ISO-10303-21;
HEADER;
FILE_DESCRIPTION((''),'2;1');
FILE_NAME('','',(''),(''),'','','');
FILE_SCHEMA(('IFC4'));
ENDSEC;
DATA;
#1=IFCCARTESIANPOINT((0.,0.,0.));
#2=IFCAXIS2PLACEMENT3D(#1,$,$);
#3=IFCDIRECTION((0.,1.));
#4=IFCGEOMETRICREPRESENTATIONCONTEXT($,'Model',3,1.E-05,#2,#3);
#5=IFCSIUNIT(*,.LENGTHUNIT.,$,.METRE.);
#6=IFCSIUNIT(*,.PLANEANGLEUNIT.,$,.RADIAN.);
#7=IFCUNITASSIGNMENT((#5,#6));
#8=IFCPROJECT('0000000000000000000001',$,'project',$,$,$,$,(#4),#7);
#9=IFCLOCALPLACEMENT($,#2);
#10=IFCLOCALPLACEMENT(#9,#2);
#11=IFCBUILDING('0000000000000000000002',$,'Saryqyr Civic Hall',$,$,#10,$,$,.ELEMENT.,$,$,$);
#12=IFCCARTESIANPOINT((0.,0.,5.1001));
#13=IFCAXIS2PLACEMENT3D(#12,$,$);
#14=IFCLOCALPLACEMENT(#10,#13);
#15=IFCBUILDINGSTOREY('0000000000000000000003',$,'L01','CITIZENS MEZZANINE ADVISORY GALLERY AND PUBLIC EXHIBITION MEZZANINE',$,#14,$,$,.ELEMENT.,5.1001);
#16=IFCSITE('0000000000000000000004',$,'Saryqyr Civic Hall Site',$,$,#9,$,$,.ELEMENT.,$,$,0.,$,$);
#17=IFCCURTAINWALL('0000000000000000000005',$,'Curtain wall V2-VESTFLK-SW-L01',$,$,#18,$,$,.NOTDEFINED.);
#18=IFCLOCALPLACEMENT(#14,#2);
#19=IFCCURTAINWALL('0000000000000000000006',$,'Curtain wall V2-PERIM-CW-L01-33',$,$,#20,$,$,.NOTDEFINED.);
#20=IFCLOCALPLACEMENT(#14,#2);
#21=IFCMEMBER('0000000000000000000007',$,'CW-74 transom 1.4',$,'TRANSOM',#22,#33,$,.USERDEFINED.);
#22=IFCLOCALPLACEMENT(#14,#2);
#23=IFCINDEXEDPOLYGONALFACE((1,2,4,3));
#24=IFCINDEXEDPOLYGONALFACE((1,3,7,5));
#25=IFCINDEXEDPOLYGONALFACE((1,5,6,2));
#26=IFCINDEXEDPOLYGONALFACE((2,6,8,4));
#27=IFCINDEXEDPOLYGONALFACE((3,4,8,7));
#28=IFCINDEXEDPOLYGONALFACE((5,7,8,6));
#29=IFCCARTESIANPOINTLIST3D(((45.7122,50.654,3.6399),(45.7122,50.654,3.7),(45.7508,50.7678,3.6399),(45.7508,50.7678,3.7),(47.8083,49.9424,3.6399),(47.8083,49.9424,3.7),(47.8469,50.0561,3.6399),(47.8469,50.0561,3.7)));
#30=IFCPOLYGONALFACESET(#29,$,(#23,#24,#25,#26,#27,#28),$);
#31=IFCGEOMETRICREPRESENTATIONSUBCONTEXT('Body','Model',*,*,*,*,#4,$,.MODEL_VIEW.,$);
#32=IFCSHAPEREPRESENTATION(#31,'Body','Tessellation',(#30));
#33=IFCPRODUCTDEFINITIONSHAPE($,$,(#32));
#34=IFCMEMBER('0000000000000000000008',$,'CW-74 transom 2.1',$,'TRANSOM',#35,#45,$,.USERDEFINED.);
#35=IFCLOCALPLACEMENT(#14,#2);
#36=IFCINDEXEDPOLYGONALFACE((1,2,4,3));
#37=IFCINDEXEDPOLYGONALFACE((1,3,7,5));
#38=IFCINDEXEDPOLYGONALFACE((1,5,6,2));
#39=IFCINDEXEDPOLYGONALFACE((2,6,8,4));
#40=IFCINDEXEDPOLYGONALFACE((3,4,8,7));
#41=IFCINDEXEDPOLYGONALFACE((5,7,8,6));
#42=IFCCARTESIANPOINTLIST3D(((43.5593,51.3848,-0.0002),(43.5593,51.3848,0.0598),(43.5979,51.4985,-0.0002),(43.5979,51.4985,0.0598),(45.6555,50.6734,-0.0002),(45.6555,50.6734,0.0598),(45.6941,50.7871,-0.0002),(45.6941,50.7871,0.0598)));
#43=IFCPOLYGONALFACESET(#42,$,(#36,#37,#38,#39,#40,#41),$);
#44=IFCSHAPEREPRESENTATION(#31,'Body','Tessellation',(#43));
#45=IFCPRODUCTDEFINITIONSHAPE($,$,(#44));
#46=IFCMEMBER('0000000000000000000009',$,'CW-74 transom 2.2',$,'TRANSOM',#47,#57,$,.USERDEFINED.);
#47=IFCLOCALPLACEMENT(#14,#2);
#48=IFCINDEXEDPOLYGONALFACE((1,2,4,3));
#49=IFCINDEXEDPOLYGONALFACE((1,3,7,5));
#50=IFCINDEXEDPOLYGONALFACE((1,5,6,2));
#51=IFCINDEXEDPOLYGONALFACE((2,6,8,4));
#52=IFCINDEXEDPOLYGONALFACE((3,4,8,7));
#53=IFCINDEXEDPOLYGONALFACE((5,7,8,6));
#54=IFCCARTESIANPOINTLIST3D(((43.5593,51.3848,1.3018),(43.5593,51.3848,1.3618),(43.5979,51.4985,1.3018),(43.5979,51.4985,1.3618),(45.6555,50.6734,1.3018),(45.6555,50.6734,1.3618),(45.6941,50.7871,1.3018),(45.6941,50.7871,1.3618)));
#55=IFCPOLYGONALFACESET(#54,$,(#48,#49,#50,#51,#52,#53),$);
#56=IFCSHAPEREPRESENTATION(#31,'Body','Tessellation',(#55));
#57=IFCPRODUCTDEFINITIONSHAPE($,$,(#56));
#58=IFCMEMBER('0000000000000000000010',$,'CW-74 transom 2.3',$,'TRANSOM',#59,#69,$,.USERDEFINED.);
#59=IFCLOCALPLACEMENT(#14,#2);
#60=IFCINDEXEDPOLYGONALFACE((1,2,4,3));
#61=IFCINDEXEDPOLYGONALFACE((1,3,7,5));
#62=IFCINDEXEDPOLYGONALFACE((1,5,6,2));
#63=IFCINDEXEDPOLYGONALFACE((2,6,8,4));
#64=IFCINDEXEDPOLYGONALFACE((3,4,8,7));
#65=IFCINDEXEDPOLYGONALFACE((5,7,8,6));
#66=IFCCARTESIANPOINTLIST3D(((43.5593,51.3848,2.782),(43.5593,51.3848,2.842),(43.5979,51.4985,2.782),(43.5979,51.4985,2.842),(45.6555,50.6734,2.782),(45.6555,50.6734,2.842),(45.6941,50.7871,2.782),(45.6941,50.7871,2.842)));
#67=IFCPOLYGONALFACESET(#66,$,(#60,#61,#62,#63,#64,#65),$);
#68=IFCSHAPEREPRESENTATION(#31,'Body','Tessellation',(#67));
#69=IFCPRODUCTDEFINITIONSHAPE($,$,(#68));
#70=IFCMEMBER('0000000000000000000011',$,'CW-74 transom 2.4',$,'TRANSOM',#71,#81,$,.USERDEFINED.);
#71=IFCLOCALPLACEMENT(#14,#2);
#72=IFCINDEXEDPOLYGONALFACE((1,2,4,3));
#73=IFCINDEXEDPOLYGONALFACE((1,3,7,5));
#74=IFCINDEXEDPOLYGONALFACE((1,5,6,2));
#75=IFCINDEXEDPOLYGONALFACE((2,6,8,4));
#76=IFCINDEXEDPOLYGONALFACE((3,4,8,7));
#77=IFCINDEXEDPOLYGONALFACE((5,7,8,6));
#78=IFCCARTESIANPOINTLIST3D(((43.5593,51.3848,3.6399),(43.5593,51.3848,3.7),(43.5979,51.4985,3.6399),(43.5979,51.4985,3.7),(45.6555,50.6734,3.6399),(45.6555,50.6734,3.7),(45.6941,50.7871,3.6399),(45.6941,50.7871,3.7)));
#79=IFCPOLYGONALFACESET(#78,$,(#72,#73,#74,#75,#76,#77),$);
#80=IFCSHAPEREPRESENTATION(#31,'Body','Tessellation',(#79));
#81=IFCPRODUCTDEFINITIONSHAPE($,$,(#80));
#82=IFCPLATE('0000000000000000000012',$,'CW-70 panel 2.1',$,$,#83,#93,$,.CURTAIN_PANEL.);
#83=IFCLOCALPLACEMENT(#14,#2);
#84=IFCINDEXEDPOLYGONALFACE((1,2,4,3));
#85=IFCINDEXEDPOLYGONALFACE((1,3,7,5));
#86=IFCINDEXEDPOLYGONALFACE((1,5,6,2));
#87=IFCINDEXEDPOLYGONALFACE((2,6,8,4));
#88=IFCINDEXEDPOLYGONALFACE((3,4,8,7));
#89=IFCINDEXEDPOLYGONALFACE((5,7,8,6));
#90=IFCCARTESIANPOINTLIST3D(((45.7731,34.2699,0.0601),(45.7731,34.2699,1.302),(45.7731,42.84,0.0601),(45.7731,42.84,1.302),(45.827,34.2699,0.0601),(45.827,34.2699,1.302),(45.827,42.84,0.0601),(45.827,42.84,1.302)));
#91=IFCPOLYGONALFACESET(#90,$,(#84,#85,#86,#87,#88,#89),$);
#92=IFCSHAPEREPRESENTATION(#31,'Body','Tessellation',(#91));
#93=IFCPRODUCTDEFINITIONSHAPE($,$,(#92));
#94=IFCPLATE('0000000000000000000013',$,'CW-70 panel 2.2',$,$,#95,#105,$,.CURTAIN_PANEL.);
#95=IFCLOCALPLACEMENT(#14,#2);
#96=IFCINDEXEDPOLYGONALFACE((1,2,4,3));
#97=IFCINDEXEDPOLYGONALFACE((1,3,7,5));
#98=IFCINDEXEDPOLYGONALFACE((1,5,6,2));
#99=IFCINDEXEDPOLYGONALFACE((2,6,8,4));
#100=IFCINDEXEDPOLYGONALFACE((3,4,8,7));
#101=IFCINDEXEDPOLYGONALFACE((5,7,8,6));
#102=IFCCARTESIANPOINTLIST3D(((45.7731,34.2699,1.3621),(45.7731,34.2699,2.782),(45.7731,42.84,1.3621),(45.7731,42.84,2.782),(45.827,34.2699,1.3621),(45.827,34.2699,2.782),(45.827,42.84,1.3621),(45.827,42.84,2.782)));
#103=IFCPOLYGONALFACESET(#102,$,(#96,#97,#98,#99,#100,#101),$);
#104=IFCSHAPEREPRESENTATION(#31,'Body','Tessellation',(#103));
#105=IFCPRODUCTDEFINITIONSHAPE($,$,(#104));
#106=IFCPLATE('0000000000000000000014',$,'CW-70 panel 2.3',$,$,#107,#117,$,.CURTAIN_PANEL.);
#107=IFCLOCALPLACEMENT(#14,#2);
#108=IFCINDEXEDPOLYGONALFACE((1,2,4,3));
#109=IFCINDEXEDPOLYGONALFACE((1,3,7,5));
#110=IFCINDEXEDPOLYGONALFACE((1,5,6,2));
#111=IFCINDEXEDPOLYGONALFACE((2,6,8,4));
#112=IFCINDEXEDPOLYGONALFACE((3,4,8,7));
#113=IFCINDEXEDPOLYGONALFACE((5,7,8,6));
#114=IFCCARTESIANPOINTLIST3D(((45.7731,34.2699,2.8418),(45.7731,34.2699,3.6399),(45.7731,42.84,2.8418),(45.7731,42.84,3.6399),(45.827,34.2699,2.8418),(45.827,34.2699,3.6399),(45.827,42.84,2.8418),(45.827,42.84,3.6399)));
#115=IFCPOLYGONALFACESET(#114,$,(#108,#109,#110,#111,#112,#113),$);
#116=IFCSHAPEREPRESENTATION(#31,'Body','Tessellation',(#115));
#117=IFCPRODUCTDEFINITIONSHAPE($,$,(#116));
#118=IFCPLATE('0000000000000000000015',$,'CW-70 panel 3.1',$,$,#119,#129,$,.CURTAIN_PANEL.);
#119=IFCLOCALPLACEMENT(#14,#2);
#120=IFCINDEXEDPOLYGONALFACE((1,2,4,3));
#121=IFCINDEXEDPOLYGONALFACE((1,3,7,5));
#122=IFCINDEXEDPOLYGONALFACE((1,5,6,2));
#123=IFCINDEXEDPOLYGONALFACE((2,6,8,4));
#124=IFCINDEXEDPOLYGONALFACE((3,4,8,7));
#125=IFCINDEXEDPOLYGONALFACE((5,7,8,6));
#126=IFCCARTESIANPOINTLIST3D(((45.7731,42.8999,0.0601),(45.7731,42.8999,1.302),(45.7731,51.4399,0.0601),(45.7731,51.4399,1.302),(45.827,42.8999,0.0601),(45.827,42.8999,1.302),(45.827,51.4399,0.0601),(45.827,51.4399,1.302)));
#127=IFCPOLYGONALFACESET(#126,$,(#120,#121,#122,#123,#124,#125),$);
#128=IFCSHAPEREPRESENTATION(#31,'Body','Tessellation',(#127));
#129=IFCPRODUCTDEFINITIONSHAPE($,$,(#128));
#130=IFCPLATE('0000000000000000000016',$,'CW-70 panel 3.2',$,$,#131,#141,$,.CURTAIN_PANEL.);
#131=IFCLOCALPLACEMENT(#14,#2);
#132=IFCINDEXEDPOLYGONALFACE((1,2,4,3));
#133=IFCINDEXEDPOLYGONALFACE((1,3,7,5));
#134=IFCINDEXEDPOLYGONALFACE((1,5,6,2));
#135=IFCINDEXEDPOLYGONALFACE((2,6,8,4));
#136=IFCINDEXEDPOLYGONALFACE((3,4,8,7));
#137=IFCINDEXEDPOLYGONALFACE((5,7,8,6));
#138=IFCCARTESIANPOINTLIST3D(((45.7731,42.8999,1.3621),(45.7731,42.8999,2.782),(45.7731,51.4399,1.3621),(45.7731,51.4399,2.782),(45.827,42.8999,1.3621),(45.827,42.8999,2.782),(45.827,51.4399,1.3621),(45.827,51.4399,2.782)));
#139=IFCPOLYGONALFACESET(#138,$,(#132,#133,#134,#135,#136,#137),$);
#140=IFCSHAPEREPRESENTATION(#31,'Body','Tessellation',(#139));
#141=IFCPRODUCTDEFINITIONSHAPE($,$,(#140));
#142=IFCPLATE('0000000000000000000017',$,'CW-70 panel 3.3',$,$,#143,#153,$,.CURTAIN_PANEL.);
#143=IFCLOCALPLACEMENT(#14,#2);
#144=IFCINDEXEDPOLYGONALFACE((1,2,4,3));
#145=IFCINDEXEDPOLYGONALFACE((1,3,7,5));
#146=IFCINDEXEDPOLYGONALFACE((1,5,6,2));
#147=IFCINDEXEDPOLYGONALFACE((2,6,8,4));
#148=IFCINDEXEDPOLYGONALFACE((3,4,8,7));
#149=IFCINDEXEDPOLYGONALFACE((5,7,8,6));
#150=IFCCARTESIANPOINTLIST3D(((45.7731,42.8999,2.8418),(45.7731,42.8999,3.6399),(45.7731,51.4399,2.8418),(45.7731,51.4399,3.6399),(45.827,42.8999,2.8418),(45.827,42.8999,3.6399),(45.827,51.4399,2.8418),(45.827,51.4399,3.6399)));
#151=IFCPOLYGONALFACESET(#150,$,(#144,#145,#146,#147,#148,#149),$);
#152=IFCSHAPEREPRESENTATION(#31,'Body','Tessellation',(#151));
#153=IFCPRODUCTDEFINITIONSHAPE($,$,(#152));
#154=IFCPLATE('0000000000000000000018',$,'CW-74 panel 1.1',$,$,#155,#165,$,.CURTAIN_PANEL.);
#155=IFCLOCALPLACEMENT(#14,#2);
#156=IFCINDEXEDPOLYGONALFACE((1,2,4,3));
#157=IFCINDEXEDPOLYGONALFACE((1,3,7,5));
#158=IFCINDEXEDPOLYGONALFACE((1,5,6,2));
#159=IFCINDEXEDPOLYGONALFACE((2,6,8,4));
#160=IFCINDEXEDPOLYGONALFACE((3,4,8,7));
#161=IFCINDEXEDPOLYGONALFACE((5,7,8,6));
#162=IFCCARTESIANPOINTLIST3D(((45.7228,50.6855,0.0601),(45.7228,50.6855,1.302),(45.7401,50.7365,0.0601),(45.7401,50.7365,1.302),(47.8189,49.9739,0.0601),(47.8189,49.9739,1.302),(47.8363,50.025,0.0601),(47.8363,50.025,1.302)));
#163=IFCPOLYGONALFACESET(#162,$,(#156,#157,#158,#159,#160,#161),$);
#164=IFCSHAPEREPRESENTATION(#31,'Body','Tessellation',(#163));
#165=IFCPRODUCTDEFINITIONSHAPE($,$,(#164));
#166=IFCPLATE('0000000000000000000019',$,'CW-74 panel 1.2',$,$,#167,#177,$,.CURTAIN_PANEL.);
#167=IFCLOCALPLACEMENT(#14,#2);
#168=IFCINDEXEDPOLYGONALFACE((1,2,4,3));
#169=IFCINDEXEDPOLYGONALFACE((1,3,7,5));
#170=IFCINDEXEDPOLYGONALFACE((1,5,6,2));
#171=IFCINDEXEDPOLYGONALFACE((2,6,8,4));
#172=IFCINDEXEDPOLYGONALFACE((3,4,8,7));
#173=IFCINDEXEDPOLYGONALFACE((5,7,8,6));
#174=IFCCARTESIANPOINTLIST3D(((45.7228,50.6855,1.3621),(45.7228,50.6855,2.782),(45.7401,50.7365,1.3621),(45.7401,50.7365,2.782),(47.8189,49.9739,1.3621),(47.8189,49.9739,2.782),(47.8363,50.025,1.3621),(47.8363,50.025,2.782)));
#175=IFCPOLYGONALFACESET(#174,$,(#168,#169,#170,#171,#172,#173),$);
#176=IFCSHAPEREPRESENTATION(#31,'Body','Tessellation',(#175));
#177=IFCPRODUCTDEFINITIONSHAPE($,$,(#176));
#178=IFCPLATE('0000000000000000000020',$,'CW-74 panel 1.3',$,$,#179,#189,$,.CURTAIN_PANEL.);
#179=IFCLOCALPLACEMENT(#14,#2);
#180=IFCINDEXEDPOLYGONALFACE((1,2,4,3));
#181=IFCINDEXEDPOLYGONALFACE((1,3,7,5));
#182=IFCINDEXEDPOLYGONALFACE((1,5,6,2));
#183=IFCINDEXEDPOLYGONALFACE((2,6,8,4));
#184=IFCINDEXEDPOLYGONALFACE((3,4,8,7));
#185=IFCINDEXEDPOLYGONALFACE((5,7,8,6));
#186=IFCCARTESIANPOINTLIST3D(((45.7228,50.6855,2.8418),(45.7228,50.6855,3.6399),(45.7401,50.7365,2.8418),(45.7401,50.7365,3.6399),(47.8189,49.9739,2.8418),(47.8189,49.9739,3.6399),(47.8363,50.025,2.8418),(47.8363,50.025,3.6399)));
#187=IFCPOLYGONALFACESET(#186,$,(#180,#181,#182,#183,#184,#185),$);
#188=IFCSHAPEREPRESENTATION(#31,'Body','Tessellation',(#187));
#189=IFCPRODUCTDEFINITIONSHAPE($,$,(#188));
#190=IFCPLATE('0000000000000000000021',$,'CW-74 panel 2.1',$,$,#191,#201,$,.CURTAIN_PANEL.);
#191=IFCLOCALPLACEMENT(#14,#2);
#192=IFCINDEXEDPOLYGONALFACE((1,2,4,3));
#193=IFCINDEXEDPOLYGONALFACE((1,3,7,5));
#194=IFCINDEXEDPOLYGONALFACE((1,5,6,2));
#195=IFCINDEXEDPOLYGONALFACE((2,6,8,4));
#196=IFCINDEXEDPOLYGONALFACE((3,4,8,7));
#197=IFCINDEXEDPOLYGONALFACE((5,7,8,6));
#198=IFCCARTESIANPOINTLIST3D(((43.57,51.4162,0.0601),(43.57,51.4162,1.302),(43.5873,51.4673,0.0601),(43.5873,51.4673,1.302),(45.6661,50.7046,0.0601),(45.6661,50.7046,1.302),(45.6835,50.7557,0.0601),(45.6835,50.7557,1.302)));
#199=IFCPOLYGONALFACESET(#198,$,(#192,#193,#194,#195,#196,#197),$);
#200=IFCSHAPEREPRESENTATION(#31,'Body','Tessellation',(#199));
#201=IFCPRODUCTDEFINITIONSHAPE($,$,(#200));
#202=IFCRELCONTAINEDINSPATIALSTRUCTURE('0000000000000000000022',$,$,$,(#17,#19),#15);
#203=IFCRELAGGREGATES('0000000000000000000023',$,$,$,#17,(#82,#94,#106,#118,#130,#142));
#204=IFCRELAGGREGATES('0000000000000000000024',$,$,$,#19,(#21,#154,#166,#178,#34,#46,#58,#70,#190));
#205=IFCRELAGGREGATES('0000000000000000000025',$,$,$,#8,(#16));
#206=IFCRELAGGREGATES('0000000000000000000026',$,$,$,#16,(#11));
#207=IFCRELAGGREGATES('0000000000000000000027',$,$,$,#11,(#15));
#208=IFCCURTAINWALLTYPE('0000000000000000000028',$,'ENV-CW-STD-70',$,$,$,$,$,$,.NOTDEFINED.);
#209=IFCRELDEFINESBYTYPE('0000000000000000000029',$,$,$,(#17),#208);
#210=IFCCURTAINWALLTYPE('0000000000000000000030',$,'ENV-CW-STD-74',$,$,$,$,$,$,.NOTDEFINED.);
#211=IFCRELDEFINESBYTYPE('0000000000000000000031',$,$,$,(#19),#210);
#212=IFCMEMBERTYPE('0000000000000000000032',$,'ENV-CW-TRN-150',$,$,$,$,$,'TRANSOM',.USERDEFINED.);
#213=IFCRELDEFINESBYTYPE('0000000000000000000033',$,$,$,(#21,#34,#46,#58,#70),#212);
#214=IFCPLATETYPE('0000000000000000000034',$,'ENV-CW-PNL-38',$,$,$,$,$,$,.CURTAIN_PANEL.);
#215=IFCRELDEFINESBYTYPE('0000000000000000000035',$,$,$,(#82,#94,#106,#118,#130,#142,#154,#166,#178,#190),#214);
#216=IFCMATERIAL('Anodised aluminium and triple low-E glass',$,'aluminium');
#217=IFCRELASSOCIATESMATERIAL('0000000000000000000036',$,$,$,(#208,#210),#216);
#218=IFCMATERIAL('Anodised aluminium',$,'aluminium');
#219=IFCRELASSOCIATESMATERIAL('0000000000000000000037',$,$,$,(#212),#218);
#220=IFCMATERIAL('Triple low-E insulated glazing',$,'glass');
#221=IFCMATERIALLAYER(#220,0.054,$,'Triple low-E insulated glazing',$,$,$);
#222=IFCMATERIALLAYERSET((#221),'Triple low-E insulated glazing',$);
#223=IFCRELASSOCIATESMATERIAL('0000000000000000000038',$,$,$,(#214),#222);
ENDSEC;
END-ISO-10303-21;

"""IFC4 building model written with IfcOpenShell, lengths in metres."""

from ifc_helpers import new_model, si_unit, direction, frame, origin, origin_2d, place, context, subcontext, project, spatial, rectangle, extrude, material, layer, layer_set, material_profile, profile_set, type_object, element, aggregate, save


model = new_model("IFC4")

# Units and contexts
model_context = context("Model", 3, precision=1e-05, world=origin(), true_north=direction((0.0, 1.0)))
body_context = subcontext(model_context, "Body", "Model", "MODEL_VIEW")
ifc_project = project(units=[si_unit("LENGTHUNIT", "METRE"), si_unit("PLANEANGLEUNIT", "RADIAN")], contexts=[model_context])

# Site, building, storey
site_placement = place(None, origin())
site = spatial("IfcSite", under=ifc_project, at=site_placement, Name="Saryqyr Civic Hall Site", CompositionType="ELEMENT", RefElevation=0.0)
building_placement = place(site_placement, origin())
building = spatial("IfcBuilding", under=site, at=building_placement, Name="Saryqyr Civic Hall", CompositionType="ELEMENT")
storey_placement = place(building_placement, frame((0.0, 0.0, 5.1001)))
storey = spatial("IfcBuildingStorey", under=building, at=storey_placement, Name="L01", Description="CITIZENS MEZZANINE ADVISORY GALLERY AND PUBLIC EXHIBITION MEZZANINE", CompositionType="ELEMENT", Elevation=5.1001)

# Curtain walls
ifc_material_1 = material(Name="Anodised aluminium and triple low-E glass", Category="aluminium")
curtain_wall_type_1 = type_object("IfcCurtainWallType", Name="ENV-CW-STD-70", PredefinedType="NOTDEFINED", material=ifc_material_1)
curtain_wall_1_placement = place(storey_placement, origin())
curtain_wall_1 = element("IfcCurtainWall", 1, at=curtain_wall_1_placement, inside=storey, type_object=curtain_wall_type_1, Name="Curtain wall V2-VESTFLK-SW-L01", PredefinedType="NOTDEFINED")
ifc_material_2 = material(Name="Anodised aluminium", Category="aluminium")
curtain_wall_type_2 = type_object("IfcCurtainWallType", Name="ENV-CW-STD-74", PredefinedType="NOTDEFINED", material=ifc_material_1)
curtain_wall_2_placement = place(storey_placement, origin())
curtain_wall_2 = element("IfcCurtainWall", 2, at=curtain_wall_2_placement, inside=storey, type_object=curtain_wall_type_2, Name="Curtain wall V2-PERIM-CW-L01-33", PredefinedType="NOTDEFINED")

# Members
ifc_material_profile_1 = material_profile(ifc_material_2, rectangle(XDim=0.1201, YDim=0.0601, at=origin_2d()), Name="ALU TRANSOM 120x60")
ifc_profile_set_1 = profile_set([ifc_material_profile_1], Name="Anodised aluminium")
member_type_1 = type_object("IfcMemberType", Name="ENV-CW-TRN-150", ElementType="TRANSOM", PredefinedType="USERDEFINED", material=ifc_profile_set_1)
member_1_placement = place(storey_placement, frame((47.8276, 49.9993, 3.6699), z_axis=(-0.946915, 0.321484, 0.0), x_axis=(-0.321484, -0.946915, 0.0)))
member_1 = element("IfcMember", 3, at=member_1_placement, type_object=member_type_1, Name="CW-74 transom 1.4", ObjectType="TRANSOM", PredefinedType="USERDEFINED", context=body_context, shape_type="SweptSolid", body=[
    extrude(rectangle(XDim=0.1201, YDim=0.0601, at=origin_2d()), origin(), (0.0, 0.0, 1.0), 2.2136),
])
member_2_placement = place(storey_placement, frame((45.6748, 50.7302, 0.0298), z_axis=(-0.946949, 0.321385, 0.0), x_axis=(-0.321385, -0.946949, 0.0)))
member_2 = element("IfcMember", 4, at=member_2_placement, type_object=member_type_1, Name="CW-74 transom 2.1", ObjectType="TRANSOM", PredefinedType="USERDEFINED", context=body_context, shape_type="SweptSolid", body=[
    extrude(rectangle(XDim=0.1201, YDim=0.0601, at=origin_2d()), origin(), (0.0, 0.0, 1.0), 2.2136),
])
member_3_placement = place(storey_placement, frame((45.6748, 50.7302, 1.3318), z_axis=(-0.946949, 0.321385, 0.0), x_axis=(-0.321385, -0.946949, 0.0)))
member_3 = element("IfcMember", 5, at=member_3_placement, type_object=member_type_1, Name="CW-74 transom 2.2", ObjectType="TRANSOM", PredefinedType="USERDEFINED", context=body_context, shape_type="SweptSolid", body=[
    extrude(rectangle(XDim=0.1201, YDim=0.0601, at=origin_2d()), origin(), (0.0, 0.0, 1.0), 2.2136),
])
member_4_placement = place(storey_placement, frame((45.6748, 50.7302, 2.812), z_axis=(-0.946949, 0.321385, 0.0), x_axis=(-0.321385, -0.946949, 0.0)))
member_4 = element("IfcMember", 6, at=member_4_placement, type_object=member_type_1, Name="CW-74 transom 2.3", ObjectType="TRANSOM", PredefinedType="USERDEFINED", context=body_context, shape_type="SweptSolid", body=[
    extrude(rectangle(XDim=0.1201, YDim=0.0601, at=origin_2d()), origin(), (0.0, 0.0, 1.0), 2.2136),
])
member_5_placement = place(storey_placement, frame((45.6748, 50.7302, 3.6699), z_axis=(-0.946949, 0.321385, 0.0), x_axis=(-0.321385, -0.946949, 0.0)))
member_5 = element("IfcMember", 7, at=member_5_placement, type_object=member_type_1, Name="CW-74 transom 2.4", ObjectType="TRANSOM", PredefinedType="USERDEFINED", context=body_context, shape_type="SweptSolid", body=[
    extrude(rectangle(XDim=0.1201, YDim=0.0601, at=origin_2d()), origin(), (0.0, 0.0, 1.0), 2.2136),
])

# Plates
ifc_material_3 = material(Name="Triple low-E insulated glazing", Category="glass")
ifc_layer_1 = layer(ifc_material_3, 0.054, Name="Triple low-E insulated glazing")
ifc_layer_set_1 = layer_set([ifc_layer_1], Name="Triple low-E insulated glazing")
plate_type = type_object("IfcPlateType", Name="ENV-CW-PNL-38", PredefinedType="CURTAIN_PANEL", material=ifc_layer_set_1)
plate_1_placement = place(storey_placement, frame((45.8, 38.5549, 0.0601), z_axis=(0.0, 0.0, 1.0), x_axis=(0.0, 1.0, 0.0)))
plate_1 = element("IfcPlate", 8, at=plate_1_placement, type_object=plate_type, Name="CW-70 panel 2.1", PredefinedType="CURTAIN_PANEL", context=body_context, shape_type="SweptSolid", body=[
    extrude(rectangle(XDim=8.5701, YDim=0.054, at=origin_2d()), origin(), (0.0, 0.0, 1.0), 1.2419),
])
plate_2_placement = place(storey_placement, frame((45.8, 38.5549, 1.3621), z_axis=(0.0, 0.0, 1.0), x_axis=(0.0, 1.0, 0.0)))
plate_2 = element("IfcPlate", 9, at=plate_2_placement, type_object=plate_type, Name="CW-70 panel 2.2", PredefinedType="CURTAIN_PANEL", context=body_context, shape_type="SweptSolid", body=[
    extrude(rectangle(XDim=8.5701, YDim=0.054, at=origin_2d()), origin(), (0.0, 0.0, 1.0), 1.4199),
])
plate_3_placement = place(storey_placement, frame((45.8, 38.5549, 2.8418), z_axis=(0.0, 0.0, 1.0), x_axis=(0.0, 1.0, 0.0)))
plate_3 = element("IfcPlate", 10, at=plate_3_placement, type_object=plate_type, Name="CW-70 panel 2.3", PredefinedType="CURTAIN_PANEL", context=body_context, shape_type="SweptSolid", body=[
    extrude(rectangle(XDim=8.5701, YDim=0.054, at=origin_2d()), origin(), (0.0, 0.0, 1.0), 0.7981),
])
plate_4_placement = place(storey_placement, frame((45.8, 47.1699, 0.0601), z_axis=(0.0, 0.0, 1.0), x_axis=(0.0, 1.0, 0.0)))
plate_4 = element("IfcPlate", 11, at=plate_4_placement, type_object=plate_type, Name="CW-70 panel 3.1", PredefinedType="CURTAIN_PANEL", context=body_context, shape_type="SweptSolid", body=[
    extrude(rectangle(XDim=8.54, YDim=0.054, at=origin_2d()), origin(), (0.0, 0.0, 1.0), 1.2419),
])
plate_5_placement = place(storey_placement, frame((45.8, 47.1699, 1.3621), z_axis=(0.0, 0.0, 1.0), x_axis=(0.0, 1.0, 0.0)))
plate_5 = element("IfcPlate", 12, at=plate_5_placement, type_object=plate_type, Name="CW-70 panel 3.2", PredefinedType="CURTAIN_PANEL", context=body_context, shape_type="SweptSolid", body=[
    extrude(rectangle(XDim=8.54, YDim=0.054, at=origin_2d()), origin(), (0.0, 0.0, 1.0), 1.4199),
])
plate_6_placement = place(storey_placement, frame((45.8, 47.1699, 2.8418), z_axis=(0.0, 0.0, 1.0), x_axis=(0.0, 1.0, 0.0)))
plate_6 = element("IfcPlate", 13, at=plate_6_placement, type_object=plate_type, Name="CW-70 panel 3.3", PredefinedType="CURTAIN_PANEL", context=body_context, shape_type="SweptSolid", body=[
    extrude(rectangle(XDim=8.54, YDim=0.054, at=origin_2d()), origin(), (0.0, 0.0, 1.0), 0.7981),
])
aggregate(curtain_wall_1, [plate_1, plate_2, plate_3, plate_4, plate_5, plate_6])
plate_7_placement = place(storey_placement, frame((46.7795, 50.3552, 0.0601), z_axis=(0.0, 0.0, 1.0), x_axis=(-0.946928, 0.321445, 0.0)))
plate_7 = element("IfcPlate", 14, at=plate_7_placement, type_object=plate_type, Name="CW-74 panel 1.1", PredefinedType="CURTAIN_PANEL", context=body_context, shape_type="SweptSolid", body=[
    extrude(rectangle(XDim=2.2136, YDim=0.054, at=origin_2d()), origin(), (0.0, 0.0, 1.0), 1.2419),
])
plate_8_placement = place(storey_placement, frame((46.7795, 50.3552, 1.3621), z_axis=(0.0, 0.0, 1.0), x_axis=(-0.946928, 0.321445, 0.0)))
plate_8 = element("IfcPlate", 15, at=plate_8_placement, type_object=plate_type, Name="CW-74 panel 1.2", PredefinedType="CURTAIN_PANEL", context=body_context, shape_type="SweptSolid", body=[
    extrude(rectangle(XDim=2.2136, YDim=0.054, at=origin_2d()), origin(), (0.0, 0.0, 1.0), 1.4199),
])
plate_9_placement = place(storey_placement, frame((46.7795, 50.3552, 2.8418), z_axis=(0.0, 0.0, 1.0), x_axis=(-0.946928, 0.321445, 0.0)))
plate_9 = element("IfcPlate", 16, at=plate_9_placement, type_object=plate_type, Name="CW-74 panel 1.3", PredefinedType="CURTAIN_PANEL", context=body_context, shape_type="SweptSolid", body=[
    extrude(rectangle(XDim=2.2136, YDim=0.054, at=origin_2d()), origin(), (0.0, 0.0, 1.0), 0.7981),
])
plate_10_placement = place(storey_placement, frame((44.6267, 51.0859, 0.0601), z_axis=(0.0, 0.0, 1.0), x_axis=(-0.946928, 0.321445, 0.0)))
plate_10 = element("IfcPlate", 17, at=plate_10_placement, type_object=plate_type, Name="CW-74 panel 2.1", PredefinedType="CURTAIN_PANEL", context=body_context, shape_type="SweptSolid", body=[
    extrude(rectangle(XDim=2.2136, YDim=0.054, at=origin_2d()), origin(), (0.0, 0.0, 1.0), 1.2419),
])
aggregate(curtain_wall_2, [member_1, plate_7, plate_8, plate_9, member_2, member_3, member_4, member_5, plate_10])

save(model, "model.ifc")
